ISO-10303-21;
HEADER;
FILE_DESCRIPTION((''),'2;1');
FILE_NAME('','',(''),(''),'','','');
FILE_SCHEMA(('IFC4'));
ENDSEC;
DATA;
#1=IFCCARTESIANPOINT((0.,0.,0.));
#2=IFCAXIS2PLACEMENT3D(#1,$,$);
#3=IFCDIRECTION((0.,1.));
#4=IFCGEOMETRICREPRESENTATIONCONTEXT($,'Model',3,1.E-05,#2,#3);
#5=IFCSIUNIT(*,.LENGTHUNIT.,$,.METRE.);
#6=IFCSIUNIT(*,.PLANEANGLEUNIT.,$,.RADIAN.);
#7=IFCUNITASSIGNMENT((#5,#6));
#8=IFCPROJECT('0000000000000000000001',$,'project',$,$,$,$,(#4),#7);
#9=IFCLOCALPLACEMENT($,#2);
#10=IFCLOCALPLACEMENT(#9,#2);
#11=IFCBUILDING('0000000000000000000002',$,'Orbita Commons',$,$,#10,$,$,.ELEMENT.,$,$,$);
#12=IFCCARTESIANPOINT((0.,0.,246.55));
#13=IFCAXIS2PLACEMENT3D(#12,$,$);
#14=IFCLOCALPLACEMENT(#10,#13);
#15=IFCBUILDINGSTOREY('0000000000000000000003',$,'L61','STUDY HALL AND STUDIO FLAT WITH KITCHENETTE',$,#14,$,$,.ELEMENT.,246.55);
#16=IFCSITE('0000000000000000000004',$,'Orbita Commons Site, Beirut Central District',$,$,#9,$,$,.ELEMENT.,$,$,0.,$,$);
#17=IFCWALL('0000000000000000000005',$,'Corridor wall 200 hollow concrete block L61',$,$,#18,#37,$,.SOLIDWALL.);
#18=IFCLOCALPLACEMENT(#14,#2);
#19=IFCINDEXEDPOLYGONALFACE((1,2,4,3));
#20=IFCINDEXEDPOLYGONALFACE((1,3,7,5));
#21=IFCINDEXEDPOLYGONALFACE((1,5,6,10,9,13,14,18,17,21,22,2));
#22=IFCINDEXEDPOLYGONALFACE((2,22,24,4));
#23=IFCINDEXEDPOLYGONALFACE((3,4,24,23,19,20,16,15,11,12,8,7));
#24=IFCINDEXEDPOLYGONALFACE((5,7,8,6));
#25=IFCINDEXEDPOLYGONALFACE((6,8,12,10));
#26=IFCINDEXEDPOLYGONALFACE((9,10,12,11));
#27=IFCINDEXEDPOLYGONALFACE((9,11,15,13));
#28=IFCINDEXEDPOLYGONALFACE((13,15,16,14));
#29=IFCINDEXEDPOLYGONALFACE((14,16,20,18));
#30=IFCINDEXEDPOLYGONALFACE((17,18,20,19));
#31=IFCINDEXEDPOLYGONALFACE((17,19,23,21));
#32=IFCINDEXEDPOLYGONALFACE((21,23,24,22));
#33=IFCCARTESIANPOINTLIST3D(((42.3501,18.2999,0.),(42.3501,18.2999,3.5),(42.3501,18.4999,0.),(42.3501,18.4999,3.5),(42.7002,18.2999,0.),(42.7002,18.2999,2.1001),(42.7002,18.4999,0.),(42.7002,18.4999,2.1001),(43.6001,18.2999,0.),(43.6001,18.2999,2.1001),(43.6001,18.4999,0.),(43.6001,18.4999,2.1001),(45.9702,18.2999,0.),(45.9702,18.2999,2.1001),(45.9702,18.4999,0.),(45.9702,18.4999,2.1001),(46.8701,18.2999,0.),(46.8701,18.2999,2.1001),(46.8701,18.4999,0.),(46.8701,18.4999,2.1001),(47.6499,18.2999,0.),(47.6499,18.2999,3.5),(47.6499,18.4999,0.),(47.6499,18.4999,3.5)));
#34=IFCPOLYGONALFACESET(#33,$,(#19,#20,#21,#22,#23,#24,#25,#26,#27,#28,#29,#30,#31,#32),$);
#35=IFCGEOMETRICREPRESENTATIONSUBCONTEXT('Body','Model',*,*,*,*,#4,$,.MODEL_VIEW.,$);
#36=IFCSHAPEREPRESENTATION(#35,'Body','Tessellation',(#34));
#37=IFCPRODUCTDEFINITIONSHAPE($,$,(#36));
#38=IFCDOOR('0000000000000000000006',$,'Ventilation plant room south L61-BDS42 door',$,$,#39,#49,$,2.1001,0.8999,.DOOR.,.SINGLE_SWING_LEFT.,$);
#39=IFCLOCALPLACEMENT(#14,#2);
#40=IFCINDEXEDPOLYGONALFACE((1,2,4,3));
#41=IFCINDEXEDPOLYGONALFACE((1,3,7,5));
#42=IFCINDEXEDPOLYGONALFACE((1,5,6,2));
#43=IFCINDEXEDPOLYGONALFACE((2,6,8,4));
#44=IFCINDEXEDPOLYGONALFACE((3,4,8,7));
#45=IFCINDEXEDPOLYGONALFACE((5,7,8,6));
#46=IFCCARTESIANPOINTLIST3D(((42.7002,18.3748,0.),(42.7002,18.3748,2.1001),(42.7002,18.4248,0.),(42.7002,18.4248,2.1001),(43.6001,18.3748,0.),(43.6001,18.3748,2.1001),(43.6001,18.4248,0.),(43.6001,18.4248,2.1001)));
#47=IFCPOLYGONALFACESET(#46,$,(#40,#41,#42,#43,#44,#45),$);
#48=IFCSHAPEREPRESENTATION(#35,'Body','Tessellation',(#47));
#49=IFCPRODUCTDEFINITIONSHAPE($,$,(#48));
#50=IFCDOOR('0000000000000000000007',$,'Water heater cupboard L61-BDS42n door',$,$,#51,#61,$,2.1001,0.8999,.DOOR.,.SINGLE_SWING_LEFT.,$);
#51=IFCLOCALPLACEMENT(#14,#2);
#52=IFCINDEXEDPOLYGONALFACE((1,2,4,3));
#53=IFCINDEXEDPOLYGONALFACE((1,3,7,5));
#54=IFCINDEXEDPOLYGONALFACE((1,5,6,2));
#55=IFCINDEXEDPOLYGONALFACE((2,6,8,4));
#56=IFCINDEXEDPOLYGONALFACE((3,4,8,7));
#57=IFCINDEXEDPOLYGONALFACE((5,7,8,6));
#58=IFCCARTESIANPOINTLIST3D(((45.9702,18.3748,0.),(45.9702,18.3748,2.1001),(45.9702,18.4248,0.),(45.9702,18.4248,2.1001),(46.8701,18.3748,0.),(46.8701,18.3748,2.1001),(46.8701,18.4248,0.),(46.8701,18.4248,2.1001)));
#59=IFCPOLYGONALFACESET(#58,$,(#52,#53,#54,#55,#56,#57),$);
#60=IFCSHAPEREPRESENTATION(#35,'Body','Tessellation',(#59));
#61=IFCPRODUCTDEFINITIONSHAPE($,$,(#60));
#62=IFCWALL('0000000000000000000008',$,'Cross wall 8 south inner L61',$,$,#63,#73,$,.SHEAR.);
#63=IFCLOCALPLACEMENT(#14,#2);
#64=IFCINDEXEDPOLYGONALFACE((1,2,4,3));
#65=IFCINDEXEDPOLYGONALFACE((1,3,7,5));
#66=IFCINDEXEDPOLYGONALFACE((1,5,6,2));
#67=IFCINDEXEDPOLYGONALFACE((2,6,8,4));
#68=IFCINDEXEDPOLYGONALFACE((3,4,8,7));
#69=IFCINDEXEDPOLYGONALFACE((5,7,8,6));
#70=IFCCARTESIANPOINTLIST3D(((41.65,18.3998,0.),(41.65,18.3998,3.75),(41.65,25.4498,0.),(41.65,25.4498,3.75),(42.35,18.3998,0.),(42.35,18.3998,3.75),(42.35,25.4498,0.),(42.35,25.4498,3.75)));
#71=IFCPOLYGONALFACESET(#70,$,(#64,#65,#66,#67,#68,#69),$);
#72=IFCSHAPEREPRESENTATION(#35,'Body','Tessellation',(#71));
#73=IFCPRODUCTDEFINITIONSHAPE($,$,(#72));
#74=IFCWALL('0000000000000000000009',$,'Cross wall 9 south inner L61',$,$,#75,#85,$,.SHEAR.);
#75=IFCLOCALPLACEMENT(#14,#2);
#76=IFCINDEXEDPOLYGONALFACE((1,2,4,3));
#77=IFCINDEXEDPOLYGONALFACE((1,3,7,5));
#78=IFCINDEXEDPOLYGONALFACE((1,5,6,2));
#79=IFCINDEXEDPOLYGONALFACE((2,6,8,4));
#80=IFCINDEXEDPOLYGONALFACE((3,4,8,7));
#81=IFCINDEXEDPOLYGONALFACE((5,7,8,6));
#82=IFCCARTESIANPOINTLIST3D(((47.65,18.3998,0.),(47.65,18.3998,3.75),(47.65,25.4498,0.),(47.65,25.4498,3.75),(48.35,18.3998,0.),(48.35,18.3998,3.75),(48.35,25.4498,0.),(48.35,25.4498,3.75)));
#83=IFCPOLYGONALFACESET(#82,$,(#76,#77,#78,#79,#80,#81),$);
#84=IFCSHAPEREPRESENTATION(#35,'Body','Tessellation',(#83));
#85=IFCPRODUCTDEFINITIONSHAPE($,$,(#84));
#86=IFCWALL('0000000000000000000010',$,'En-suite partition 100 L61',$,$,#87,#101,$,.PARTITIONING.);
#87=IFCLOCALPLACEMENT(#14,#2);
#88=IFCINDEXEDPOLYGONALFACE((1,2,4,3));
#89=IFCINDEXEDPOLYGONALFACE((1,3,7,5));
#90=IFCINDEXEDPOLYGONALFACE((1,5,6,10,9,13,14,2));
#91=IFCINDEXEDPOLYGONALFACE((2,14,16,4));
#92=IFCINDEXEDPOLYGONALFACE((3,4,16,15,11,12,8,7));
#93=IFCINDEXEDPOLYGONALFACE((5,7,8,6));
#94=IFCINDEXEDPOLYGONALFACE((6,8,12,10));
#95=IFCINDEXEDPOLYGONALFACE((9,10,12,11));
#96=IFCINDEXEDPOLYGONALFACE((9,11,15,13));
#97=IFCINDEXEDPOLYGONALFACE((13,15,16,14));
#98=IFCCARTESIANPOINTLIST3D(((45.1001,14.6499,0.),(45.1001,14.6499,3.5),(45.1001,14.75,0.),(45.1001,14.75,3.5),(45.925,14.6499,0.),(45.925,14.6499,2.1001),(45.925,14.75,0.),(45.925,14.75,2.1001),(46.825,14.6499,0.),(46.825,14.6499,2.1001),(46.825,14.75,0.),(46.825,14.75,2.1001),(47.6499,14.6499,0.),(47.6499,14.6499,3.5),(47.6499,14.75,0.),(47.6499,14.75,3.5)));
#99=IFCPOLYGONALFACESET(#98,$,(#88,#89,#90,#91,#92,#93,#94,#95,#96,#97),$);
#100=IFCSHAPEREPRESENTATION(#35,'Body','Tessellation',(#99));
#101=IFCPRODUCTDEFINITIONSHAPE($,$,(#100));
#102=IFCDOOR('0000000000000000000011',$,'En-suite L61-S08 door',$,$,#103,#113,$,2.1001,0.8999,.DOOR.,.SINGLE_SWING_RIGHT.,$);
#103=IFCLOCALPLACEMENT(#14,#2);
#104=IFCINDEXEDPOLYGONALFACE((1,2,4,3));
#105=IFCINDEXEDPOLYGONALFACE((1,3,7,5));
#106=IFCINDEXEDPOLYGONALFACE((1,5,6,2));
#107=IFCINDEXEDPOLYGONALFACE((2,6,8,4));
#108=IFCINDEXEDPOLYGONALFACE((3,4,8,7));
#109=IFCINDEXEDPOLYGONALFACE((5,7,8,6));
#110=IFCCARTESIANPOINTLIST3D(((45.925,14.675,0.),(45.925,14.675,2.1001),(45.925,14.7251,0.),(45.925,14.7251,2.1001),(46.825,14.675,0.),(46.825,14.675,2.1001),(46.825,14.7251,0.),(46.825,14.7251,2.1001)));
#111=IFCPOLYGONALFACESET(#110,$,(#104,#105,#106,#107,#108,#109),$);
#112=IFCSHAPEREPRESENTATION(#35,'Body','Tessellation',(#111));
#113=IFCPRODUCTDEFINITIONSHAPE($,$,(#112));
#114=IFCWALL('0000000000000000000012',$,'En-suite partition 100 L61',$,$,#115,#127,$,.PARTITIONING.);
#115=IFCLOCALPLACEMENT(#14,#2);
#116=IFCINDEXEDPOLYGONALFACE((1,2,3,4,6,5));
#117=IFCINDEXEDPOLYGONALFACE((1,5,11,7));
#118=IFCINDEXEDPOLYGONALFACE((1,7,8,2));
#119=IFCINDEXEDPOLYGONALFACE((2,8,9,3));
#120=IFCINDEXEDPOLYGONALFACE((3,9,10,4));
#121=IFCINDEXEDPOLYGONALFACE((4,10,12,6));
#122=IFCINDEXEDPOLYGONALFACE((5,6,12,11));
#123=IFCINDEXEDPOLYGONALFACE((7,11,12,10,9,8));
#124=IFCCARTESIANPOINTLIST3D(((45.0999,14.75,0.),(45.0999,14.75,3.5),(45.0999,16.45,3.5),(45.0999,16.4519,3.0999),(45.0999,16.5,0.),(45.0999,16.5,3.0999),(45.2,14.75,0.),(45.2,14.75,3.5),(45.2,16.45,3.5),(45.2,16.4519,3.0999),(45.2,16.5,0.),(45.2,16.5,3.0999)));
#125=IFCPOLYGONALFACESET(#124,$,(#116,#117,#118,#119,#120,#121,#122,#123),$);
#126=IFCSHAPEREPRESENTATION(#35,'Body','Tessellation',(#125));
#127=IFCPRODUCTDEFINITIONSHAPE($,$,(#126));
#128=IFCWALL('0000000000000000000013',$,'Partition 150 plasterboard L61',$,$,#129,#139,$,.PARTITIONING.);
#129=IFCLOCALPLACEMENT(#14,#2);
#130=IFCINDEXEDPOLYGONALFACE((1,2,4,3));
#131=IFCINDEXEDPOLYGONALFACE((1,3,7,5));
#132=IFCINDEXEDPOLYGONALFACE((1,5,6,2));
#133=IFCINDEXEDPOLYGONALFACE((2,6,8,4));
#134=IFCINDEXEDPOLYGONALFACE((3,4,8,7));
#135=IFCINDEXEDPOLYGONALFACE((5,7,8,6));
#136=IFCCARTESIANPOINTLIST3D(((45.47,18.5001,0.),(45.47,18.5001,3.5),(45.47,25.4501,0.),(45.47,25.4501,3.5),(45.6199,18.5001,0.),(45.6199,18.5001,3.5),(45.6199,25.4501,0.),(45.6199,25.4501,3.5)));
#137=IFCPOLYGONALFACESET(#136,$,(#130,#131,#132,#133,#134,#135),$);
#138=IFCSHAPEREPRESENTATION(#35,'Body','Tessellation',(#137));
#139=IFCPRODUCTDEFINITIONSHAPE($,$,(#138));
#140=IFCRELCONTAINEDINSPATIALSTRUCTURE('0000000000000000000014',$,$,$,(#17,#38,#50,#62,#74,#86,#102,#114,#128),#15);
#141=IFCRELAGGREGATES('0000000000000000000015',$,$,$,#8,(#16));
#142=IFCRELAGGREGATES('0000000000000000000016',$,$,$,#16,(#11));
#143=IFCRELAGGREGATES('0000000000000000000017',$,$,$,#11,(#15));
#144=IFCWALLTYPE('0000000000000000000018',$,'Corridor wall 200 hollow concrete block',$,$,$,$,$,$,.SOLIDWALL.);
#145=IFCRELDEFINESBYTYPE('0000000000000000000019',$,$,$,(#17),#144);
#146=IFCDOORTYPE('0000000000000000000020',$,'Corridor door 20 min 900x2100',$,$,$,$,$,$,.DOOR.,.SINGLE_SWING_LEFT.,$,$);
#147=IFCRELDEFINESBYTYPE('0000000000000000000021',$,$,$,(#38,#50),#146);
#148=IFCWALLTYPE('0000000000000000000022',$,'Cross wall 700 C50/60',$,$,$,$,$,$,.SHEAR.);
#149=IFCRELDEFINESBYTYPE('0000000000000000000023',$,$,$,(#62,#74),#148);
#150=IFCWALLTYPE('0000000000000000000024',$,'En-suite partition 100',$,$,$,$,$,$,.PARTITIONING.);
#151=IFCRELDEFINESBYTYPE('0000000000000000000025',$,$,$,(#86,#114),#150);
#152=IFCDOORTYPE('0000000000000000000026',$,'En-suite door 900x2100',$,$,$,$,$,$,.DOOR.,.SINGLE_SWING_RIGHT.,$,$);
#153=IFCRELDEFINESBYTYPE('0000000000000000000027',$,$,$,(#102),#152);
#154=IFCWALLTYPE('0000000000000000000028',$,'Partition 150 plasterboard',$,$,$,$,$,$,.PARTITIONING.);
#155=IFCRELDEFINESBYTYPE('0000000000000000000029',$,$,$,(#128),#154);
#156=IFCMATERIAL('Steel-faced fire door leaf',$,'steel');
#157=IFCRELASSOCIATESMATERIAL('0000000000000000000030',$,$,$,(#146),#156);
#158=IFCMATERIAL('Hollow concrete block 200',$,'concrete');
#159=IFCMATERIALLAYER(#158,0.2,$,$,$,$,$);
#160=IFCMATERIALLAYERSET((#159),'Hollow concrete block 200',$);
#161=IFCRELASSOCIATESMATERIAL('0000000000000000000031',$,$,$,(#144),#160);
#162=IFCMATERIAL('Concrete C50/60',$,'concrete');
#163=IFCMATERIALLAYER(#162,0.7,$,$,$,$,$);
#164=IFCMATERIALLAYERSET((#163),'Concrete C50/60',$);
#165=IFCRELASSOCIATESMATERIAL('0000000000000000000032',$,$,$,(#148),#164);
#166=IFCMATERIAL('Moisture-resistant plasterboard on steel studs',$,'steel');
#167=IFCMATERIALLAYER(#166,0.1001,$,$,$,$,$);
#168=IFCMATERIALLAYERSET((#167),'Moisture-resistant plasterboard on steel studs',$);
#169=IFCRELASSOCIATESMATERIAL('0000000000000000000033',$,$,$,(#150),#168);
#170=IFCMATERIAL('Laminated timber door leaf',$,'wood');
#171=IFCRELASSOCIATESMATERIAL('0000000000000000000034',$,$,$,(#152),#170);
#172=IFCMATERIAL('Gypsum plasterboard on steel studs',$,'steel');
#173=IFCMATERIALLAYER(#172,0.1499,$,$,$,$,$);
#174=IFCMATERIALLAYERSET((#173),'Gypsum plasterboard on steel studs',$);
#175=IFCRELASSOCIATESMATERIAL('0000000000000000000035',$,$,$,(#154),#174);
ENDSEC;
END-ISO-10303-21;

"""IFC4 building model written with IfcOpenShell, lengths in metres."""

from ifc_helpers import new_model, si_unit, direction, frame, frame_2d, origin, place, context, subcontext, project, spatial, polyline, rectangle, outline, extrude, material, layer, layer_set, type_object, element, fill, save


model = new_model("IFC4")

# Units and contexts
model_context = context("Model", 3, precision=1e-05, world=origin(), true_north=direction((0.0, 1.0)))
body_context = subcontext(model_context, "Body", "Model", "MODEL_VIEW")
ifc_project = project(units=[si_unit("LENGTHUNIT", "METRE"), si_unit("PLANEANGLEUNIT", "RADIAN")], contexts=[model_context])

# Site, building, storey
site_placement = place(None, origin())
site = spatial("IfcSite", under=ifc_project, at=site_placement, Name="Orbita Commons Site, Beirut Central District", CompositionType="ELEMENT", RefElevation=0.0)
building_placement = place(site_placement, origin())
building = spatial("IfcBuilding", under=site, at=building_placement, Name="Orbita Commons", CompositionType="ELEMENT")
storey_placement = place(building_placement, frame((0.0, 0.0, 246.55)))
storey = spatial("IfcBuildingStorey", under=building, at=storey_placement, Name="L61", Description="STUDY HALL AND STUDIO FLAT WITH KITCHENETTE", CompositionType="ELEMENT", Elevation=246.55)

# Shared definitions
ifc_material_1 = material(Name="Steel-faced fire door leaf", Category="steel")
door_type_1 = type_object("IfcDoorType", Name="Corridor door 20 min 900x2100", OperationType="SINGLE_SWING_LEFT", PredefinedType="DOOR", material=ifc_material_1)

# Wall, openings, doors
ifc_material_2 = material(Name="Hollow concrete block 200", Category="concrete")
ifc_layer_1 = layer(ifc_material_2, 0.2)
ifc_layer_set_1 = layer_set([ifc_layer_1], Name="Hollow concrete block 200")
wall_type_1 = type_object("IfcWallType", Name="Corridor wall 200 hollow concrete block", PredefinedType="SOLIDWALL", material=ifc_layer_set_1)
wall_1_placement = place(storey_placement, frame((42.3501, 18.3999, 0.0), z_axis=(0.0, 0.0, 1.0), x_axis=(1.0, 0.0, 0.0)))
wall_1 = element("IfcWall", 1, at=wall_1_placement, inside=storey, type_object=wall_type_1, Name="Corridor wall 200 hollow concrete block L61", PredefinedType="SOLIDWALL", context=body_context, shape_type="SweptSolid", body=[
    extrude(rectangle(XDim=5.2998, YDim=0.2, at=frame_2d((2.6499, 0.0))), origin(), (0.0, 0.0, 1.0), 3.5),
])
opening_1_placement = place(wall_1_placement, frame((0.3501, 0.0, 0.0)))
opening_1 = element("IfcOpeningElement", 2, at=opening_1_placement, cuts=wall_1, PredefinedType="OPENING", context=body_context, shape_type="SweptSolid", body=[
    extrude(rectangle(XDim=0.8999, YDim=2.1001, at=frame_2d((0.45, 1.05))), frame((0.0, 0.1099, 0.0), z_axis=(0.0, -1.0, 0.0), x_axis=(1.0, 0.0, 0.0)), (0.0, 0.0, 1.0), 0.22),
])
opening_2_placement = place(wall_1_placement, frame((3.6201, 0.0, 0.0)))
opening_2 = element("IfcOpeningElement", 3, at=opening_2_placement, cuts=wall_1, PredefinedType="OPENING", context=body_context, shape_type="SweptSolid", body=[
    extrude(rectangle(XDim=0.8999, YDim=2.1001, at=frame_2d((0.45, 1.05))), frame((0.0, 0.1099, 0.0), z_axis=(0.0, -1.0, 0.0), x_axis=(1.0, 0.0, 0.0)), (0.0, 0.0, 1.0), 0.22),
])
door_1_placement = place(opening_1_placement, origin())
door_1 = element("IfcDoor", 4, at=door_1_placement, inside=storey, type_object=door_type_1, Name="Ventilation plant room south L61-BDS42 door", OperationType="SINGLE_SWING_LEFT", OverallHeight=2.1001, OverallWidth=0.8999, PredefinedType="DOOR", context=body_context, shape_type="SweptSolid", body=[
    extrude(rectangle(XDim=0.8999, YDim=2.1001, at=frame_2d((0.45, 1.05))), frame((0.0, 0.0249, 0.0), z_axis=(0.0, -1.0, 0.0), x_axis=(1.0, 0.0, 0.0)), (0.0, 0.0, 1.0), 0.05),
])
fill(opening_1, door_1)
door_2_placement = place(opening_2_placement, origin())
door_2 = element("IfcDoor", 5, at=door_2_placement, inside=storey, type_object=door_type_1, Name="Water heater cupboard L61-BDS42n door", OperationType="SINGLE_SWING_LEFT", OverallHeight=2.1001, OverallWidth=0.8999, PredefinedType="DOOR", context=body_context, shape_type="SweptSolid", body=[
    extrude(rectangle(XDim=0.8999, YDim=2.1001, at=frame_2d((0.45, 1.05))), frame((0.0, 0.0249, 0.0), z_axis=(0.0, -1.0, 0.0), x_axis=(1.0, 0.0, 0.0)), (0.0, 0.0, 1.0), 0.05),
])
fill(opening_2, door_2)

# Walls
ifc_material_3 = material(Name="Concrete C50/60", Category="concrete")
ifc_layer_2 = layer(ifc_material_3, 0.7)
ifc_layer_set_2 = layer_set([ifc_layer_2], Name="Concrete C50/60")
wall_type_2 = type_object("IfcWallType", Name="Cross wall 700 C50/60", PredefinedType="SHEAR", material=ifc_layer_set_2)
for number, where, z_axis, x_axis, name in (
    (6, (42.0, 18.3999, 0.0), (0.0, 0.0, 1.0), (0.0, 1.0, 0.0), "Cross wall 8 south inner L61"),
    (7, (48.0, 18.3999, 0.0), (0.0, 0.0, 1.0), (0.0, 1.0, 0.0), "Cross wall 9 south inner L61"),
):
    element("IfcWall", number, at=place(storey_placement, frame(where, z_axis=z_axis, x_axis=x_axis)), inside=storey, type_object=wall_type_2, Name=name, PredefinedType="SHEAR", context=body_context, shape_type="SweptSolid", body=[
        extrude(rectangle(XDim=7.05, YDim=0.7, at=frame_2d((3.5249, 0.0))), origin(), (0.0, 0.0, 1.0), 3.75),
    ])

# Wall, opening, door
ifc_material_4 = material(Name="Moisture-resistant plasterboard on steel studs", Category="steel")
ifc_layer_3 = layer(ifc_material_4, 0.1001)
ifc_layer_set_3 = layer_set([ifc_layer_3], Name="Moisture-resistant plasterboard on steel studs")
wall_type_3 = type_object("IfcWallType", Name="En-suite partition 100", PredefinedType="PARTITIONING", material=ifc_layer_set_3)
wall_2_placement = place(storey_placement, frame((47.6499, 14.7, 0.0), z_axis=(0.0, 0.0, 1.0), x_axis=(-1.0, 0.0, 0.0)))
wall_2 = element("IfcWall", 8, at=wall_2_placement, inside=storey, type_object=wall_type_3, Name="En-suite partition 100 L61", PredefinedType="PARTITIONING", context=body_context, shape_type="SweptSolid", body=[
    extrude(rectangle(XDim=2.5498, YDim=0.1001, at=frame_2d((1.2749, 0.0))), origin(), (0.0, 0.0, 1.0), 3.5),
])
opening_3_placement = place(wall_2_placement, frame((0.825, 0.0, 0.0)))
opening_3 = element("IfcOpeningElement", 9, at=opening_3_placement, cuts=wall_2, PredefinedType="OPENING", context=body_context, shape_type="SweptSolid", body=[
    extrude(rectangle(XDim=0.8999, YDim=2.1001, at=frame_2d((0.45, 1.05))), frame((0.0, 0.0601, 0.0), z_axis=(0.0, -1.0, 0.0), x_axis=(1.0, 0.0, 0.0)), (0.0, 0.0, 1.0), 0.1201),
])
ifc_material_5 = material(Name="Laminated timber door leaf", Category="wood")
door_type_2 = type_object("IfcDoorType", Name="En-suite door 900x2100", OperationType="SINGLE_SWING_RIGHT", PredefinedType="DOOR", material=ifc_material_5)
door_3_placement = place(opening_3_placement, origin())
door_3 = element("IfcDoor", 10, at=door_3_placement, inside=storey, type_object=door_type_2, Name="En-suite L61-S08 door", OperationType="SINGLE_SWING_RIGHT", OverallHeight=2.1001, OverallWidth=0.8999, PredefinedType="DOOR", context=body_context, shape_type="SweptSolid", body=[
    extrude(rectangle(XDim=0.8999, YDim=2.1001, at=frame_2d((0.45, 1.05))), frame((0.0, 0.0249, 0.0), z_axis=(0.0, -1.0, 0.0), x_axis=(1.0, 0.0, 0.0)), (0.0, 0.0, 1.0), 0.05),
])
fill(opening_3, door_3)

# Walls
wall_3_placement = place(storey_placement, frame((45.1499, 14.75, 0.0), z_axis=(0.0, 0.0, 1.0), x_axis=(0.0, 1.0, 0.0)))
element("IfcWall", 11, at=wall_3_placement, inside=storey, type_object=wall_type_3, Name="En-suite partition 100 L61", PredefinedType="PARTITIONING", context=body_context, shape_type="SweptSolid", body=[
    extrude(outline(polyline([(0.0, 0.0), (1.75, 0.0), (1.75, 3.0999), (1.7019, 3.0999), (1.7, 3.5), (0.0, 3.5), (0.0, 0.0)])), frame((0.0, 0.05, 0.0), z_axis=(0.0, -1.0, 0.0), x_axis=(1.0, 0.0, 0.0)), (0.0, 0.0, 1.0), 0.1001),
])
ifc_material_6 = material(Name="Gypsum plasterboard on steel studs", Category="steel")
ifc_layer_4 = layer(ifc_material_6, 0.1499)
ifc_layer_set_4 = layer_set([ifc_layer_4], Name="Gypsum plasterboard on steel studs")
wall_type_4 = type_object("IfcWallType", Name="Partition 150 plasterboard", PredefinedType="PARTITIONING", material=ifc_layer_set_4)
wall_4_placement = place(storey_placement, frame((45.5449, 18.5, 0.0), z_axis=(0.0, 0.0, 1.0), x_axis=(0.0, 1.0, 0.0)))
element("IfcWall", 12, at=wall_4_placement, inside=storey, type_object=wall_type_4, Name="Partition 150 plasterboard L61", PredefinedType="PARTITIONING", context=body_context, shape_type="SweptSolid", body=[
    extrude(rectangle(XDim=6.95, YDim=0.1499, at=frame_2d((3.4751, 0.0))), origin(), (0.0, 0.0, 1.0), 3.5),
])

save(model, "model.ifc")
